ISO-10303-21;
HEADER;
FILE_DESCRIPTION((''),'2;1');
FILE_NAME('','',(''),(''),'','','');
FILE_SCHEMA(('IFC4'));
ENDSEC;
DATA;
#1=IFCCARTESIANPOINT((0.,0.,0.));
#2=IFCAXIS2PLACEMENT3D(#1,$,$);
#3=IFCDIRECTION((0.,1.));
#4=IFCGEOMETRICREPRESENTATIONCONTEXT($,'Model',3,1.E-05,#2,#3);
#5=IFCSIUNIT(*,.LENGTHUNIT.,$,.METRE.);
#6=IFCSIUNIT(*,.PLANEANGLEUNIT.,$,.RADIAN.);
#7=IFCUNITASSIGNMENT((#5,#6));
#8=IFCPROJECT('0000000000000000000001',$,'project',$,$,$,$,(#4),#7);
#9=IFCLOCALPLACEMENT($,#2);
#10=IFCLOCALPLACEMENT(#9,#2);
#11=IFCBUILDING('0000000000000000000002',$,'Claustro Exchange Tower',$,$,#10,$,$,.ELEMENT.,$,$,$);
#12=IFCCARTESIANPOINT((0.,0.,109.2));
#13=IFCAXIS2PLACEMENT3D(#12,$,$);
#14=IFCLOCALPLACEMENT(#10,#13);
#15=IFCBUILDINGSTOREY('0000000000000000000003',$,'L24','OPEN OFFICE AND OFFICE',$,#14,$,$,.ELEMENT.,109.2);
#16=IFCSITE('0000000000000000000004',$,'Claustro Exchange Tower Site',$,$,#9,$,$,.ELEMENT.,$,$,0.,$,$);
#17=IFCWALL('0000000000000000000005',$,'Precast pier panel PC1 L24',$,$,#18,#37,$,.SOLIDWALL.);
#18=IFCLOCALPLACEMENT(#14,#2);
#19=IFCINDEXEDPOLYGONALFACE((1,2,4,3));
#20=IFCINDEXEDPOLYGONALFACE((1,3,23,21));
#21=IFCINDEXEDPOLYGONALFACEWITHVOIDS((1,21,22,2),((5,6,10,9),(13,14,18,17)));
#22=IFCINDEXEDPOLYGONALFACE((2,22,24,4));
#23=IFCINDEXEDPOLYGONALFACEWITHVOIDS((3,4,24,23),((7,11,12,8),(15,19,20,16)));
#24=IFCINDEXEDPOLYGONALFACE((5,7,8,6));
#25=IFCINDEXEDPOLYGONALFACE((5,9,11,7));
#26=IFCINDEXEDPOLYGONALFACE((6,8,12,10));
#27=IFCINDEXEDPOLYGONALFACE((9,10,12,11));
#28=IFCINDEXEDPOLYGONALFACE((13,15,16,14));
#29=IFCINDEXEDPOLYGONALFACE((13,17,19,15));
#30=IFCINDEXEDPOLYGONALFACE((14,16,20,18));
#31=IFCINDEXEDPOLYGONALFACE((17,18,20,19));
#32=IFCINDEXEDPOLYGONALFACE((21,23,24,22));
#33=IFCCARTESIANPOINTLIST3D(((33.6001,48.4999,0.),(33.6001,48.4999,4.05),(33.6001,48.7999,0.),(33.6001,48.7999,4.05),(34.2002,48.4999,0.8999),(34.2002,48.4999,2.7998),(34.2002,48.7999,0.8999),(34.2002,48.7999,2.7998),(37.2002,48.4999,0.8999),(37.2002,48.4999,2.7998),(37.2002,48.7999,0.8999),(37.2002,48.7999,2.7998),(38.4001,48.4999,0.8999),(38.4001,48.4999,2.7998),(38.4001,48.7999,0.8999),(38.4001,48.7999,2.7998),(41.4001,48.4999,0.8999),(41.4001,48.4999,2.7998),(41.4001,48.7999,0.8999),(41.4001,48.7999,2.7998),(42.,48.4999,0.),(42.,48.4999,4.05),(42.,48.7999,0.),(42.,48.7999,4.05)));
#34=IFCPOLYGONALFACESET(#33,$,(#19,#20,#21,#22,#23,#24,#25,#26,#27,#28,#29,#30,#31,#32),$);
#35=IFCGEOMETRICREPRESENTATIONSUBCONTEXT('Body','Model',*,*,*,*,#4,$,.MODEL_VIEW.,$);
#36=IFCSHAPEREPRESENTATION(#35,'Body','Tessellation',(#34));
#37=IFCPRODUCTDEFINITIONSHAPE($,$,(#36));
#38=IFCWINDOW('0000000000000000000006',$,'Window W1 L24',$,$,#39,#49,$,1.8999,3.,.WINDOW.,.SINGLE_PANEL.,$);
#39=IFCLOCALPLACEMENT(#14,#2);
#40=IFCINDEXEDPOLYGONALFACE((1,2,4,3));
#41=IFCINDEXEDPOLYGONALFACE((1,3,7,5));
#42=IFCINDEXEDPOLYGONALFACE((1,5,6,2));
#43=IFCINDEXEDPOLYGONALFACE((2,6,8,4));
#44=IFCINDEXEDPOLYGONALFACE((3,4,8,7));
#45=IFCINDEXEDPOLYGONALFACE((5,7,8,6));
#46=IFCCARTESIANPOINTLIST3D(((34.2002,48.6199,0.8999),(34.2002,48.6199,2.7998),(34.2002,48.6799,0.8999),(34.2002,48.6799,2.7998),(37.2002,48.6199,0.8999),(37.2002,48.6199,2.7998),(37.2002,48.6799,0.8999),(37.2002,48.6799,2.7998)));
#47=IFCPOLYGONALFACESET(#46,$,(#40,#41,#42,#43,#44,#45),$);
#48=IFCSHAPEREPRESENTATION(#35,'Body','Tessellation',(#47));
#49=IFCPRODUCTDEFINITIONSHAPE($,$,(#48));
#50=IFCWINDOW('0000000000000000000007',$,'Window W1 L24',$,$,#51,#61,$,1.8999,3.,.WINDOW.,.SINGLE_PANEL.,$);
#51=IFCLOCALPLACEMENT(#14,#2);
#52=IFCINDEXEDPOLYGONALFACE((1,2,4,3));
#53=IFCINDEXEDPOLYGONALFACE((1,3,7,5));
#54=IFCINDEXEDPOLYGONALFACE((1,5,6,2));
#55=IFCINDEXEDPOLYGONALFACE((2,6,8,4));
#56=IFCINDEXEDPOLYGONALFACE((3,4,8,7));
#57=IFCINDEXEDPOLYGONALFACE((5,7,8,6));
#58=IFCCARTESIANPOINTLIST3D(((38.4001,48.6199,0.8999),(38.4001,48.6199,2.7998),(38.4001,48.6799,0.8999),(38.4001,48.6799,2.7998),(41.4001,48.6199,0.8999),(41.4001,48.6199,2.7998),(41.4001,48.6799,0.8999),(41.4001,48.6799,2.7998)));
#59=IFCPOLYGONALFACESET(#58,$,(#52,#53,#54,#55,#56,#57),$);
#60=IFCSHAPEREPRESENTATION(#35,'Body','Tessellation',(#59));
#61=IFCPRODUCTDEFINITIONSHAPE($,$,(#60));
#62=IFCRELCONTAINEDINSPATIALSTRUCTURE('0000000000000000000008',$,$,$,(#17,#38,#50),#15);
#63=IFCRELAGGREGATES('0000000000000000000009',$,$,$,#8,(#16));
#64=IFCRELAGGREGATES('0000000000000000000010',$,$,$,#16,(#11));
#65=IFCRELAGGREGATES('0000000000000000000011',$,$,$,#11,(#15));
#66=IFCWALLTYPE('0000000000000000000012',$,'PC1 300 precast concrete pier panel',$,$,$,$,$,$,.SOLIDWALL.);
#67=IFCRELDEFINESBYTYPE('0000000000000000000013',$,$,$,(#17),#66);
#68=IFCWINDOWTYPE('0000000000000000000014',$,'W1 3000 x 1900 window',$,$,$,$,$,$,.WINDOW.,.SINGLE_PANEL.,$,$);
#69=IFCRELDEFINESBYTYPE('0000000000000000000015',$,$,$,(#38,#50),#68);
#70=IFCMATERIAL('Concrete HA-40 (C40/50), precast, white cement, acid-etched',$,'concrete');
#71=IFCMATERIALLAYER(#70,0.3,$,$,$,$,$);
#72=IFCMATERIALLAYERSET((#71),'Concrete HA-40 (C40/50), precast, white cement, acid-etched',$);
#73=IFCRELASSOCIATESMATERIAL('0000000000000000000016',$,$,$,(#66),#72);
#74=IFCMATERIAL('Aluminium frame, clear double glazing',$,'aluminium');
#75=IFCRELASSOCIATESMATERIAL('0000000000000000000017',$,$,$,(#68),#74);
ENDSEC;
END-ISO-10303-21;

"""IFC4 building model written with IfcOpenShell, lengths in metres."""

from ifc_helpers import new_model, si_unit, direction, frame, frame_2d, origin, place, context, subcontext, project, spatial, rectangle, extrude, material, layer, layer_set, type_object, element, fill, save


model = new_model("IFC4")

# Units and contexts
model_context = context("Model", 3, precision=1e-05, world=origin(), true_north=direction((0.0, 1.0)))
body_context = subcontext(model_context, "Body", "Model", "MODEL_VIEW")
ifc_project = project(units=[si_unit("LENGTHUNIT", "METRE"), si_unit("PLANEANGLEUNIT", "RADIAN")], contexts=[model_context])

# Site, building, storey
site_placement = place(None, origin())
site = spatial("IfcSite", under=ifc_project, at=site_placement, Name="Claustro Exchange Tower Site", CompositionType="ELEMENT", RefElevation=0.0)
building_placement = place(site_placement, origin())
building = spatial("IfcBuilding", under=site, at=building_placement, Name="Claustro Exchange Tower", CompositionType="ELEMENT")
storey_placement = place(building_placement, frame((0.0, 0.0, 109.2)))
storey = spatial("IfcBuildingStorey", under=building, at=storey_placement, Name="L24", Description="OPEN OFFICE AND OFFICE", CompositionType="ELEMENT", Elevation=109.2)

# Wall, openings, windows
ifc_material_1 = material(Name="Concrete HA-40 (C40/50), precast, white cement, acid-etched", Category="concrete")
ifc_layer_1 = layer(ifc_material_1, 0.3)
ifc_layer_set_1 = layer_set([ifc_layer_1], Name="Concrete HA-40 (C40/50), precast, white cement, acid-etched")
wall_type_1 = type_object("IfcWallType", Name="PC1 300 precast concrete pier panel", PredefinedType="SOLIDWALL", material=ifc_layer_set_1)
ifc_material_2 = material(Name="Aluminium frame, clear double glazing", Category="aluminium")
window_type = type_object("IfcWindowType", Name="W1 3000 x 1900 window", PartitioningType="SINGLE_PANEL", PredefinedType="WINDOW", material=ifc_material_2)
wall_1_placement = place(storey_placement, frame((33.6001, 48.6499, 0.0), z_axis=(0.0, 0.0, 1.0), x_axis=(1.0, 0.0, 0.0)))
wall_1 = element("IfcWall", 1, at=wall_1_placement, inside=storey, type_object=wall_type_1, Name="Precast pier panel PC1 L24", PredefinedType="SOLIDWALL", context=body_context, shape_type="SweptSolid", body=[
    extrude(rectangle(XDim=8.3999, YDim=0.3, at=frame_2d((4.2, 0.0))), origin(), (0.0, 0.0, 1.0), 4.05),
])
opening_1_placement = place(wall_1_placement, frame((0.6001, 0.0, 0.8999)))
opening_1 = element("IfcOpeningElement", 2, at=opening_1_placement, cuts=wall_1, PredefinedType="OPENING", context=body_context, shape_type="SweptSolid", body=[
    extrude(rectangle(XDim=3.0, YDim=1.8999, at=frame_2d((1.5, 0.95))), frame((0.0, 0.1599, 0.0), z_axis=(0.0, -1.0, 0.0), x_axis=(1.0, 0.0, 0.0)), (0.0, 0.0, 1.0), 0.3201),
])
opening_2_placement = place(wall_1_placement, frame((4.8, 0.0, 0.8999)))
opening_2 = element("IfcOpeningElement", 3, at=opening_2_placement, cuts=wall_1, PredefinedType="OPENING", context=body_context, shape_type="SweptSolid", body=[
    extrude(rectangle(XDim=3.0, YDim=1.8999, at=frame_2d((1.5, 0.95))), frame((0.0, 0.1599, 0.0), z_axis=(0.0, -1.0, 0.0), x_axis=(1.0, 0.0, 0.0)), (0.0, 0.0, 1.0), 0.3201),
])
window_1_placement = place(opening_1_placement, origin())
window_1 = element("IfcWindow", 4, at=window_1_placement, inside=storey, type_object=window_type, Name="Window W1 L24", OverallHeight=1.8999, OverallWidth=3.0, PartitioningType="SINGLE_PANEL", PredefinedType="WINDOW", context=body_context, shape_type="SweptSolid", body=[
    extrude(rectangle(XDim=3.0, YDim=1.8999, at=frame_2d((1.5, 0.95))), frame((0.0, 0.03, 0.0), z_axis=(0.0, -1.0, 0.0), x_axis=(1.0, 0.0, 0.0)), (0.0, 0.0, 1.0), 0.0601),
])
fill(opening_1, window_1)
window_2_placement = place(opening_2_placement, origin())
window_2 = element("IfcWindow", 5, at=window_2_placement, inside=storey, type_object=window_type, Name="Window W1 L24", OverallHeight=1.8999, OverallWidth=3.0, PartitioningType="SINGLE_PANEL", PredefinedType="WINDOW", context=body_context, shape_type="SweptSolid", body=[
    extrude(rectangle(XDim=3.0, YDim=1.8999, at=frame_2d((1.5, 0.95))), frame((0.0, 0.03, 0.0), z_axis=(0.0, -1.0, 0.0), x_axis=(1.0, 0.0, 0.0)), (0.0, 0.0, 1.0), 0.0601),
])
fill(opening_2, window_2)

save(model, "model.ifc")
